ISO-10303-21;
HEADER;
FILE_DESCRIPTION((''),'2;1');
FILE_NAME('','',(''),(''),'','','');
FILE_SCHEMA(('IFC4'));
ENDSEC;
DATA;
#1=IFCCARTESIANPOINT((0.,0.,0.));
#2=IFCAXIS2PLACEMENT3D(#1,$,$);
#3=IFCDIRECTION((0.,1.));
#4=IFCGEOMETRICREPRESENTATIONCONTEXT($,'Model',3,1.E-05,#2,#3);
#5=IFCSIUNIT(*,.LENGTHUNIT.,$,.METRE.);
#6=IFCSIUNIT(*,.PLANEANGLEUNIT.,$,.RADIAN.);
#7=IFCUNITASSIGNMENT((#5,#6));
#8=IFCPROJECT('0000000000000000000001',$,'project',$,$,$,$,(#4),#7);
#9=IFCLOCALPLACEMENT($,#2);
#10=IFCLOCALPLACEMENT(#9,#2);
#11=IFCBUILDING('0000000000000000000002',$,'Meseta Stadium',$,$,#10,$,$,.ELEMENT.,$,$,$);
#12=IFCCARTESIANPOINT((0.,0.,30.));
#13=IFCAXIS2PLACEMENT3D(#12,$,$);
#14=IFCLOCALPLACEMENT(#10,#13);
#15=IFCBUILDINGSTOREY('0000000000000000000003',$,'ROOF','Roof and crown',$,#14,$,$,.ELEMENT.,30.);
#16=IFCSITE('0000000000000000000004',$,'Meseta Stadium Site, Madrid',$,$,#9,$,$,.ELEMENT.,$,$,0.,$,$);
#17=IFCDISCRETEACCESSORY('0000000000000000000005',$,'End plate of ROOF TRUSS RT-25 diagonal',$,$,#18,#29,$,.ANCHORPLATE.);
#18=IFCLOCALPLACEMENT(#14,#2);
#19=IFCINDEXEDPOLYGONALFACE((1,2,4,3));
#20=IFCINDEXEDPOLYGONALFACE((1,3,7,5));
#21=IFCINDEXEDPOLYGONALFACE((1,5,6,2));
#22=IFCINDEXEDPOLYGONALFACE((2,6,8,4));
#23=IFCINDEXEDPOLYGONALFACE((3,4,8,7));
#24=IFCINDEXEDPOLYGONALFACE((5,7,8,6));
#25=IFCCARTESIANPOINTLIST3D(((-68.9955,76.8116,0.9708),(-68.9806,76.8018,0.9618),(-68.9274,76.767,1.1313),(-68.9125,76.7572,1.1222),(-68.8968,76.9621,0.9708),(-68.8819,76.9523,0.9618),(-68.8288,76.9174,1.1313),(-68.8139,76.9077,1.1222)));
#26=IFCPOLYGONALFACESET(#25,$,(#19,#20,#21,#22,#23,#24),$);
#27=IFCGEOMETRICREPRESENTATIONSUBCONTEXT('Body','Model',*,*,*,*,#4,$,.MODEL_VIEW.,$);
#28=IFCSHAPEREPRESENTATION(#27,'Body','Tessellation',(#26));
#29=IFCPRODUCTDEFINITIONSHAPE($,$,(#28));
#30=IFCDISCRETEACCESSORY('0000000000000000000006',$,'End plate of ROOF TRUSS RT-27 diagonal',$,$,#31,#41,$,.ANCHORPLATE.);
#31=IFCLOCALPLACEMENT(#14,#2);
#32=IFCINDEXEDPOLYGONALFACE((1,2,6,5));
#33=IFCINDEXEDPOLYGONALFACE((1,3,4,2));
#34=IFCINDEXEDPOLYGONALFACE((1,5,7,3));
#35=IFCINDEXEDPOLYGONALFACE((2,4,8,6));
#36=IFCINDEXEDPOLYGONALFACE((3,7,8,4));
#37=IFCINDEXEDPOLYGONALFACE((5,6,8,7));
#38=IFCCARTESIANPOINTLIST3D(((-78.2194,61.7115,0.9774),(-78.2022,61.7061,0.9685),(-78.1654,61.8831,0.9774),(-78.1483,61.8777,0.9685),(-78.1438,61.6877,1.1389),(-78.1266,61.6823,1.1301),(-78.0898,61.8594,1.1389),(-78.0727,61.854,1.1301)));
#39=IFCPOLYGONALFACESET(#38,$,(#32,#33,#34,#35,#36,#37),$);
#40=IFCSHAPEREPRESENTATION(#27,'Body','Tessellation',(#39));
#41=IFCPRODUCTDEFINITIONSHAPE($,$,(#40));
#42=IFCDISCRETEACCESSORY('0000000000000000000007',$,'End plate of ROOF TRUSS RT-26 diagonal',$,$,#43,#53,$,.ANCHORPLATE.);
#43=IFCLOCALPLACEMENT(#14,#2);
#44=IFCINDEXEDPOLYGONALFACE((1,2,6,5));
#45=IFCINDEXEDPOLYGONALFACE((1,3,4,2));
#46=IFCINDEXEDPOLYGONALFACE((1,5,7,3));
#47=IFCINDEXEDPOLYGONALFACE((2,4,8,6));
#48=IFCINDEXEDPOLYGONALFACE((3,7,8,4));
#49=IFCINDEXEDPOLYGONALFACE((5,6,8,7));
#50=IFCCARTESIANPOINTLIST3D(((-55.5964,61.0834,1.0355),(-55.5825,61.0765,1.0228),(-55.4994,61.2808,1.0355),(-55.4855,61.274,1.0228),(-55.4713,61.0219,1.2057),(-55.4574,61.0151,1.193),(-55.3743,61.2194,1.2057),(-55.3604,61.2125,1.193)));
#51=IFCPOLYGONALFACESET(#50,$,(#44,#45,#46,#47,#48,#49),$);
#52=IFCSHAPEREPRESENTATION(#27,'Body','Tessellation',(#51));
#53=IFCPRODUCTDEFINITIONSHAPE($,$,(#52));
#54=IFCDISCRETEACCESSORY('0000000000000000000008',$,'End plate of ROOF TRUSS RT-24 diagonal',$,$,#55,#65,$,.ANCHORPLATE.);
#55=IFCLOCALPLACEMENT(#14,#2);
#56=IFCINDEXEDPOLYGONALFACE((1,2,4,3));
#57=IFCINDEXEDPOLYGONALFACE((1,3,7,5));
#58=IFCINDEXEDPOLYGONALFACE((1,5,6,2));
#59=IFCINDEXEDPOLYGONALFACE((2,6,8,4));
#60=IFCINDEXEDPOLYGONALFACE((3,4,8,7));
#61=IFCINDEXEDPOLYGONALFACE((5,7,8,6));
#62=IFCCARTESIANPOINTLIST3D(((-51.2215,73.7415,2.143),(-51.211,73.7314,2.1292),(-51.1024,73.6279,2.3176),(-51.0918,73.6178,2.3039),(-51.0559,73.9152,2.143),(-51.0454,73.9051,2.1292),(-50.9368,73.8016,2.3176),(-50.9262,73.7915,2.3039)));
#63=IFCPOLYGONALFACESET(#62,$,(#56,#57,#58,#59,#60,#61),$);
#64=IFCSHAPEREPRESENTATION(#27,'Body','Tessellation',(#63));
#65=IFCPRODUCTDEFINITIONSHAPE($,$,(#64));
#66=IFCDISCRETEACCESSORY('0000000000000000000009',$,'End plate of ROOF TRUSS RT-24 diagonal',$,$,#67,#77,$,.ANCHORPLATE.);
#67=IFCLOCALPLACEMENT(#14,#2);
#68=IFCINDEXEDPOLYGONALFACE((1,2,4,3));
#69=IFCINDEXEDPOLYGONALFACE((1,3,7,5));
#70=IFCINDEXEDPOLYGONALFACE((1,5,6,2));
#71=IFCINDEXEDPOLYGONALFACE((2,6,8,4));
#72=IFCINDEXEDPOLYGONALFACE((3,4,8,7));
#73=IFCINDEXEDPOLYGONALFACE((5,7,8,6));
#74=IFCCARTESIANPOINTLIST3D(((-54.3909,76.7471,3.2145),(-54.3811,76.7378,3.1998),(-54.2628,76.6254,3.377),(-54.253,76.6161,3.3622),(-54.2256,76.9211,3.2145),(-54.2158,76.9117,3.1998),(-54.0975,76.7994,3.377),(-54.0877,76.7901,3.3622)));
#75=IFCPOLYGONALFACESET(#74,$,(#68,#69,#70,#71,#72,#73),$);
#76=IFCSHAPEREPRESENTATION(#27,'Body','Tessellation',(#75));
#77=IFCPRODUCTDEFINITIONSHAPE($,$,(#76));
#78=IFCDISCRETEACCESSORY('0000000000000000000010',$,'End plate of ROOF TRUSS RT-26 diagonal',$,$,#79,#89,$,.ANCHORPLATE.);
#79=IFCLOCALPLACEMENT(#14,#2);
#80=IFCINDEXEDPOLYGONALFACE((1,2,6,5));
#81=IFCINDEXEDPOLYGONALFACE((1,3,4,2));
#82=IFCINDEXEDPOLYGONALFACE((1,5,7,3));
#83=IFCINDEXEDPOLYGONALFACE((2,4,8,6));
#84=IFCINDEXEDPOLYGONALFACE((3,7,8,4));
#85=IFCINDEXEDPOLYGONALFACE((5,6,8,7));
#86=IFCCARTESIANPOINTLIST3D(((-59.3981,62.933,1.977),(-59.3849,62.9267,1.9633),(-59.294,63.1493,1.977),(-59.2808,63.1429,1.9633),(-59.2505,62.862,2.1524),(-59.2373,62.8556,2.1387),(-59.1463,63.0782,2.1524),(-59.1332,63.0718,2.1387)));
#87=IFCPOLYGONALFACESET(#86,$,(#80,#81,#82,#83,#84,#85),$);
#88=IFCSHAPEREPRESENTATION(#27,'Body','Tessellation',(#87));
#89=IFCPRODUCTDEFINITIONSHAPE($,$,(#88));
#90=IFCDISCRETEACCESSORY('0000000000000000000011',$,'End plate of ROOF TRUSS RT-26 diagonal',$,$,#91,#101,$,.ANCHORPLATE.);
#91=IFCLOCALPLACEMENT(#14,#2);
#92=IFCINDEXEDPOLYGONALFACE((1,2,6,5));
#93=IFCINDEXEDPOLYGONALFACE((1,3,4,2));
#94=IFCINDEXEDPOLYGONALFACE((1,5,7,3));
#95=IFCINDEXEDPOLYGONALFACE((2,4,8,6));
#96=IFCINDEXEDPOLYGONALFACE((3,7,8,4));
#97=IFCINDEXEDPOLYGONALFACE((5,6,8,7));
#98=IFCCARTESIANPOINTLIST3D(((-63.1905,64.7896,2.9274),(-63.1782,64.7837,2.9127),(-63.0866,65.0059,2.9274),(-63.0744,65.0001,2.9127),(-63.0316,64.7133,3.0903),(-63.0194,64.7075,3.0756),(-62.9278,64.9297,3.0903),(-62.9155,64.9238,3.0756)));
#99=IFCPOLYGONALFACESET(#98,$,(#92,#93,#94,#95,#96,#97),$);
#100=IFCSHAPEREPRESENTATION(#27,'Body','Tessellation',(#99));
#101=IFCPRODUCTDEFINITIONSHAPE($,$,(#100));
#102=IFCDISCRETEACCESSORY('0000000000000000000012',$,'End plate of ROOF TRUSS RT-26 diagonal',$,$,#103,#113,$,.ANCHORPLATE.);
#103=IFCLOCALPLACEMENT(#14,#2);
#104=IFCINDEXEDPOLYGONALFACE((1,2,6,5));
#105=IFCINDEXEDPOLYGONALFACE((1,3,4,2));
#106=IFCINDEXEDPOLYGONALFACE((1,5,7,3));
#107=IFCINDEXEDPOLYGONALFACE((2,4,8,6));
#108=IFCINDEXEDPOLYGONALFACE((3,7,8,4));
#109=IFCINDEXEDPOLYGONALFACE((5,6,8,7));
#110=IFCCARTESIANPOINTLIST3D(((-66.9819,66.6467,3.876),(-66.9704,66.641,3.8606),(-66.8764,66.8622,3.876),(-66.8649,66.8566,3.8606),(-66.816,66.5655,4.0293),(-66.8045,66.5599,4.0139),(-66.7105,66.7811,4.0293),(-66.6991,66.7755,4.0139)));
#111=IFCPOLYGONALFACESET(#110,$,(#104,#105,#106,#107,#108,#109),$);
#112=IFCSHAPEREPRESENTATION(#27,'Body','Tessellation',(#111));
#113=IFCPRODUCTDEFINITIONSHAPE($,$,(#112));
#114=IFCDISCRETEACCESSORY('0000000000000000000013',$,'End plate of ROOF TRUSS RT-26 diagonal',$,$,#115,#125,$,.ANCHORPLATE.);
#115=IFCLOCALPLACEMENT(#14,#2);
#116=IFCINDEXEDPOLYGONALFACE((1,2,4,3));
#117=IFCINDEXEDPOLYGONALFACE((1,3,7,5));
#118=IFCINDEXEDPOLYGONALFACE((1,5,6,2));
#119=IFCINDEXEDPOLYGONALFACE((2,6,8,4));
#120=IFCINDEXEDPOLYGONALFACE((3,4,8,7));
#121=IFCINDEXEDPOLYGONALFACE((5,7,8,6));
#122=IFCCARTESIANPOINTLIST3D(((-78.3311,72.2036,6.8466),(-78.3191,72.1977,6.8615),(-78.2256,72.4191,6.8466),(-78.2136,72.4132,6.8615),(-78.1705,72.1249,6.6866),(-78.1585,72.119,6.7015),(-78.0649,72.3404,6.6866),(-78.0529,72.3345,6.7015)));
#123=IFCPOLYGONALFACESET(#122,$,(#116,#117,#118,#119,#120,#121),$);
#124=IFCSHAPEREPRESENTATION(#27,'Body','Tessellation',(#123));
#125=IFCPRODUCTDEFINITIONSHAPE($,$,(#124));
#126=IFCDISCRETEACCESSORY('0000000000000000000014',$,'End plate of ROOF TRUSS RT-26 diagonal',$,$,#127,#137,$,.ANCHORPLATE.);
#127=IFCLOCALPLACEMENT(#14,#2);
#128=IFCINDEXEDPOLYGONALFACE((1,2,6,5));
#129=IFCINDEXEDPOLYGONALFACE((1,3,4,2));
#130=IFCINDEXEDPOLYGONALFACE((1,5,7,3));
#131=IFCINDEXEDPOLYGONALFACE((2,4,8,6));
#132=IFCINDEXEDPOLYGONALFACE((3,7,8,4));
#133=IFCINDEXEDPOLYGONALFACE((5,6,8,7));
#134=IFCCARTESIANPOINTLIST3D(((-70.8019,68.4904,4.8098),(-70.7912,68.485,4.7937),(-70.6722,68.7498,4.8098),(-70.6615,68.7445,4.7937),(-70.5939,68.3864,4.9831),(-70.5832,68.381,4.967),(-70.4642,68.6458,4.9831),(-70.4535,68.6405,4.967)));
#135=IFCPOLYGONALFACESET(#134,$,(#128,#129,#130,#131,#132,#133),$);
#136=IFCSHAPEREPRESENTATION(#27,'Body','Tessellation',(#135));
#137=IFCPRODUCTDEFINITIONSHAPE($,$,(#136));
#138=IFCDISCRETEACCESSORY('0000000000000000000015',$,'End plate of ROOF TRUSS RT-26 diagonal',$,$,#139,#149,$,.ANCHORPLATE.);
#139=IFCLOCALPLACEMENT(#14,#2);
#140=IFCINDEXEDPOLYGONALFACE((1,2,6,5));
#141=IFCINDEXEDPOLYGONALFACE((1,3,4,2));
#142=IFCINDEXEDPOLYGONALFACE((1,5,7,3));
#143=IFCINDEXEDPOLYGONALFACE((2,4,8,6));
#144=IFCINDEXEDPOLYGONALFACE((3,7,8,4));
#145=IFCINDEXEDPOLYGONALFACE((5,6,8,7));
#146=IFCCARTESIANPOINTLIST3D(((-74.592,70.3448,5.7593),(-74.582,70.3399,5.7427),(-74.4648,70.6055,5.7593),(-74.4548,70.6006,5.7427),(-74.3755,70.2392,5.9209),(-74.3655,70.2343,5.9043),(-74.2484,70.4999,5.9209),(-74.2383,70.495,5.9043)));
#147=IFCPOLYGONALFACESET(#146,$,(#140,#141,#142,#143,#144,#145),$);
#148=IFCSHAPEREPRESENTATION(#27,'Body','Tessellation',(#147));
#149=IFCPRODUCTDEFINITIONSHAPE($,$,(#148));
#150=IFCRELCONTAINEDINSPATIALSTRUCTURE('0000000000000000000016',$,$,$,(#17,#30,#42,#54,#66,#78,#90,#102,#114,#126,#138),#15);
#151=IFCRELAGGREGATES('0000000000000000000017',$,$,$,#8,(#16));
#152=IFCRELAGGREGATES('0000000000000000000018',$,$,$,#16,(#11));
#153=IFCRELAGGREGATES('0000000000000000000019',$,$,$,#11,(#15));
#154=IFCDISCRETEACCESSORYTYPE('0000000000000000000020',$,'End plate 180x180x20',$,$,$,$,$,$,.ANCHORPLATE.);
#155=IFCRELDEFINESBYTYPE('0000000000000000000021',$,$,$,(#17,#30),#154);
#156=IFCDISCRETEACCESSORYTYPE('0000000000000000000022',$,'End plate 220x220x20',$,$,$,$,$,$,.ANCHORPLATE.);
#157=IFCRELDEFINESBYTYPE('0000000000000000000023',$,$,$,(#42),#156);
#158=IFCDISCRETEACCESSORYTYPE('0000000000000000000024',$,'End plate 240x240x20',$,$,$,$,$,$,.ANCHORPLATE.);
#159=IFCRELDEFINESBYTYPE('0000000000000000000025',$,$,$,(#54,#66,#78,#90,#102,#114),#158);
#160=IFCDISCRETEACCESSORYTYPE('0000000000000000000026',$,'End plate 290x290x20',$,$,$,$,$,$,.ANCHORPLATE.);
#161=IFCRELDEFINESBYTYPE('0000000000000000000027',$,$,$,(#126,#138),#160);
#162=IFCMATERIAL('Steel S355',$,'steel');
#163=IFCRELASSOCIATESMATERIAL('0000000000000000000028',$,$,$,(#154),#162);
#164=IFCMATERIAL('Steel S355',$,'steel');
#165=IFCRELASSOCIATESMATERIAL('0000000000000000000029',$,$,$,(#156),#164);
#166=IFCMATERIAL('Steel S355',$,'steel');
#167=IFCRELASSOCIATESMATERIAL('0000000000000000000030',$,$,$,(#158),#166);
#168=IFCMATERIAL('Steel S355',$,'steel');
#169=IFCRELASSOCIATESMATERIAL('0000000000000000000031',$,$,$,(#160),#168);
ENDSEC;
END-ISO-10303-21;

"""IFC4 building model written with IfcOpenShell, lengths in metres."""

from ifc_helpers import new_model, si_unit, direction, frame, origin, origin_2d, place, context, subcontext, project, spatial, rectangle, extrude, material, material_profile, profile_set, type_object, element, save


model = new_model("IFC4")

# Units and contexts
model_context = context("Model", 3, precision=1e-05, world=origin(), true_north=direction((0.0, 1.0)))
body_context = subcontext(model_context, "Body", "Model", "MODEL_VIEW")
ifc_project = project(units=[si_unit("LENGTHUNIT", "METRE"), si_unit("PLANEANGLEUNIT", "RADIAN")], contexts=[model_context])

# Site, building, storey
site_placement = place(None, origin())
site = spatial("IfcSite", under=ifc_project, at=site_placement, Name="Meseta Stadium Site, Madrid", CompositionType="ELEMENT", RefElevation=0.0)
building_placement = place(site_placement, origin())
building = spatial("IfcBuilding", under=site, at=building_placement, Name="Meseta Stadium", CompositionType="ELEMENT")
storey_placement = place(building_placement, frame((0.0, 0.0, 30.0)))
storey = spatial("IfcBuildingStorey", under=building, at=storey_placement, Name="ROOF", Description="Roof and crown", CompositionType="ELEMENT", Elevation=30.0)

# Discrete accessories
ifc_material_1 = material(Name="Steel S355", Category="steel")
ifc_material_profile_1 = material_profile(ifc_material_1, rectangle(XDim=0.1799, YDim=0.1799, at=origin_2d()), Name="PL 180x180")
ifc_profile_set_1 = profile_set([ifc_material_profile_1], Name="Steel S355")
discrete_accessory_type_1 = type_object("IfcDiscreteAccessoryType", Name="End plate 180x180x20", PredefinedType="ANCHORPLATE", material=ifc_profile_set_1)
for number, where, z_axis, x_axis, name in (
    (1, (-68.8972, 76.8547, 1.042), (-0.74579, 0.489043, 0.452365), (-0.548357, -0.836244, 0.0), "End plate of ROOF TRUSS RT-25 diagonal"),
    (2, (-78.1375, 61.78, 1.0493), (-0.856465, 0.269175, 0.440468), (-0.299827, -0.953994, 0.0), "End plate of ROOF TRUSS RT-27 diagonal"),
):
    element("IfcDiscreteAccessory", number, at=place(storey_placement, frame(where, z_axis=z_axis, x_axis=x_axis)), inside=storey, type_object=discrete_accessory_type_1, Name=name, PredefinedType="ANCHORPLATE", context=body_context, shape_type="SweptSolid", body=[
        extrude(rectangle(XDim=0.1799, YDim=0.1799, at=origin_2d()), origin(), (0.0, 0.0, 1.0), 0.02),
    ])
ifc_material_2 = material(Name="Steel S355", Category="steel")
ifc_material_profile_2 = material_profile(ifc_material_2, rectangle(XDim=0.22, YDim=0.22, at=origin_2d()), Name="PL 220x220")
ifc_profile_set_2 = profile_set([ifc_material_profile_2], Name="Steel S355")
discrete_accessory_type_2 = type_object("IfcDiscreteAccessoryType", Name="End plate 220x220x20", PredefinedType="ANCHORPLATE", material=ifc_profile_set_2)
discrete_accessory_placement = place(storey_placement, frame((-55.4714, 61.1445, 1.1079), z_axis=(-0.694451, 0.341134, 0.633534), x_axis=(-0.440904, -0.897554, 0.0)))
element("IfcDiscreteAccessory", 3, at=discrete_accessory_placement, inside=storey, type_object=discrete_accessory_type_2, Name="End plate of ROOF TRUSS RT-26 diagonal", PredefinedType="ANCHORPLATE", context=body_context, shape_type="SweptSolid", body=[
    extrude(rectangle(XDim=0.22, YDim=0.22, at=origin_2d()), origin(), (0.0, 0.0, 1.0), 0.02),
])
ifc_material_3 = material(Name="Steel S355", Category="steel")
ifc_material_profile_3 = material_profile(ifc_material_3, rectangle(XDim=0.24, YDim=0.24, at=origin_2d()), Name="PL 240x240")
ifc_profile_set_3 = profile_set([ifc_material_profile_3], Name="Steel S355")
discrete_accessory_type_3 = type_object("IfcDiscreteAccessoryType", Name="End plate 240x240x20", PredefinedType="ANCHORPLATE", material=ifc_profile_set_3)
for number, where, z_axis, x_axis, name in (
    (4, (-51.0686, 73.7615, 2.2166), (-0.526667, 0.502171, 0.685891), (-0.690075, -0.723738, 0.0), "End plate of ROOF TRUSS RT-24 diagonal"),
    (5, (-54.2344, 76.7639, 3.281), (-0.490733, 0.466196, 0.736099), (-0.688749, -0.724999, 0.0), "End plate of ROOF TRUSS RT-24 diagonal"),
    (6, (-59.259, 62.9993, 2.051), (-0.658341, 0.316979, 0.682724), (-0.433816, -0.901002, 0.0), "End plate of ROOF TRUSS RT-26 diagonal"),
    (7, (-63.0469, 64.8538, 2.9941), (-0.611944, 0.293733, 0.734333), (-0.432731, -0.901523, 0.0), "End plate of ROOF TRUSS RT-26 diagonal"),
    (8, (-66.8347, 66.7083, 3.9373), (-0.573897, 0.280843, 0.769266), (-0.439553, -0.898217, 0.0), "End plate of ROOF TRUSS RT-26 diagonal"),
    (9, (-78.186, 72.2661, 6.7815), (-0.59872, 0.29325, -0.745345), (-0.439867, -0.898063, 0.0), "End plate of ROOF TRUSS RT-26 diagonal"),
):
    element("IfcDiscreteAccessory", number, at=place(storey_placement, frame(where, z_axis=z_axis, x_axis=x_axis)), inside=storey, type_object=discrete_accessory_type_3, Name=name, PredefinedType="ANCHORPLATE", context=body_context, shape_type="SweptSolid", body=[
        extrude(rectangle(XDim=0.24, YDim=0.24, at=origin_2d()), origin(), (0.0, 0.0, 1.0), 0.02),
    ])
ifc_material_4 = material(Name="Steel S355", Category="steel")
ifc_material_profile_4 = material_profile(ifc_material_4, rectangle(XDim=0.29, YDim=0.29, at=origin_2d()), Name="PL 290x290")
ifc_profile_set_4 = profile_set([ifc_material_profile_4], Name="Steel S355")
discrete_accessory_type_4 = type_object("IfcDiscreteAccessoryType", Name="End plate 290x290x20", PredefinedType="ANCHORPLATE", material=ifc_profile_set_4)
for number, where, z_axis, x_axis, name in (
    (10, (-70.6223, 68.5627, 4.8804), (-0.534522, 0.267261, 0.801784), (-0.447214, -0.894427, 0.0), "End plate of ROOF TRUSS RT-26 diagonal"),
    (11, (-74.4102, 70.4175, 5.8235), (-0.500708, 0.244248, 0.830442), (-0.438424, -0.898768, 0.0), "End plate of ROOF TRUSS RT-26 diagonal"),
):
    element("IfcDiscreteAccessory", number, at=place(storey_placement, frame(where, z_axis=z_axis, x_axis=x_axis)), inside=storey, type_object=discrete_accessory_type_4, Name=name, PredefinedType="ANCHORPLATE", context=body_context, shape_type="SweptSolid", body=[
        extrude(rectangle(XDim=0.29, YDim=0.29, at=origin_2d()), origin(), (0.0, 0.0, 1.0), 0.02),
    ])

save(model, "model.ifc")
